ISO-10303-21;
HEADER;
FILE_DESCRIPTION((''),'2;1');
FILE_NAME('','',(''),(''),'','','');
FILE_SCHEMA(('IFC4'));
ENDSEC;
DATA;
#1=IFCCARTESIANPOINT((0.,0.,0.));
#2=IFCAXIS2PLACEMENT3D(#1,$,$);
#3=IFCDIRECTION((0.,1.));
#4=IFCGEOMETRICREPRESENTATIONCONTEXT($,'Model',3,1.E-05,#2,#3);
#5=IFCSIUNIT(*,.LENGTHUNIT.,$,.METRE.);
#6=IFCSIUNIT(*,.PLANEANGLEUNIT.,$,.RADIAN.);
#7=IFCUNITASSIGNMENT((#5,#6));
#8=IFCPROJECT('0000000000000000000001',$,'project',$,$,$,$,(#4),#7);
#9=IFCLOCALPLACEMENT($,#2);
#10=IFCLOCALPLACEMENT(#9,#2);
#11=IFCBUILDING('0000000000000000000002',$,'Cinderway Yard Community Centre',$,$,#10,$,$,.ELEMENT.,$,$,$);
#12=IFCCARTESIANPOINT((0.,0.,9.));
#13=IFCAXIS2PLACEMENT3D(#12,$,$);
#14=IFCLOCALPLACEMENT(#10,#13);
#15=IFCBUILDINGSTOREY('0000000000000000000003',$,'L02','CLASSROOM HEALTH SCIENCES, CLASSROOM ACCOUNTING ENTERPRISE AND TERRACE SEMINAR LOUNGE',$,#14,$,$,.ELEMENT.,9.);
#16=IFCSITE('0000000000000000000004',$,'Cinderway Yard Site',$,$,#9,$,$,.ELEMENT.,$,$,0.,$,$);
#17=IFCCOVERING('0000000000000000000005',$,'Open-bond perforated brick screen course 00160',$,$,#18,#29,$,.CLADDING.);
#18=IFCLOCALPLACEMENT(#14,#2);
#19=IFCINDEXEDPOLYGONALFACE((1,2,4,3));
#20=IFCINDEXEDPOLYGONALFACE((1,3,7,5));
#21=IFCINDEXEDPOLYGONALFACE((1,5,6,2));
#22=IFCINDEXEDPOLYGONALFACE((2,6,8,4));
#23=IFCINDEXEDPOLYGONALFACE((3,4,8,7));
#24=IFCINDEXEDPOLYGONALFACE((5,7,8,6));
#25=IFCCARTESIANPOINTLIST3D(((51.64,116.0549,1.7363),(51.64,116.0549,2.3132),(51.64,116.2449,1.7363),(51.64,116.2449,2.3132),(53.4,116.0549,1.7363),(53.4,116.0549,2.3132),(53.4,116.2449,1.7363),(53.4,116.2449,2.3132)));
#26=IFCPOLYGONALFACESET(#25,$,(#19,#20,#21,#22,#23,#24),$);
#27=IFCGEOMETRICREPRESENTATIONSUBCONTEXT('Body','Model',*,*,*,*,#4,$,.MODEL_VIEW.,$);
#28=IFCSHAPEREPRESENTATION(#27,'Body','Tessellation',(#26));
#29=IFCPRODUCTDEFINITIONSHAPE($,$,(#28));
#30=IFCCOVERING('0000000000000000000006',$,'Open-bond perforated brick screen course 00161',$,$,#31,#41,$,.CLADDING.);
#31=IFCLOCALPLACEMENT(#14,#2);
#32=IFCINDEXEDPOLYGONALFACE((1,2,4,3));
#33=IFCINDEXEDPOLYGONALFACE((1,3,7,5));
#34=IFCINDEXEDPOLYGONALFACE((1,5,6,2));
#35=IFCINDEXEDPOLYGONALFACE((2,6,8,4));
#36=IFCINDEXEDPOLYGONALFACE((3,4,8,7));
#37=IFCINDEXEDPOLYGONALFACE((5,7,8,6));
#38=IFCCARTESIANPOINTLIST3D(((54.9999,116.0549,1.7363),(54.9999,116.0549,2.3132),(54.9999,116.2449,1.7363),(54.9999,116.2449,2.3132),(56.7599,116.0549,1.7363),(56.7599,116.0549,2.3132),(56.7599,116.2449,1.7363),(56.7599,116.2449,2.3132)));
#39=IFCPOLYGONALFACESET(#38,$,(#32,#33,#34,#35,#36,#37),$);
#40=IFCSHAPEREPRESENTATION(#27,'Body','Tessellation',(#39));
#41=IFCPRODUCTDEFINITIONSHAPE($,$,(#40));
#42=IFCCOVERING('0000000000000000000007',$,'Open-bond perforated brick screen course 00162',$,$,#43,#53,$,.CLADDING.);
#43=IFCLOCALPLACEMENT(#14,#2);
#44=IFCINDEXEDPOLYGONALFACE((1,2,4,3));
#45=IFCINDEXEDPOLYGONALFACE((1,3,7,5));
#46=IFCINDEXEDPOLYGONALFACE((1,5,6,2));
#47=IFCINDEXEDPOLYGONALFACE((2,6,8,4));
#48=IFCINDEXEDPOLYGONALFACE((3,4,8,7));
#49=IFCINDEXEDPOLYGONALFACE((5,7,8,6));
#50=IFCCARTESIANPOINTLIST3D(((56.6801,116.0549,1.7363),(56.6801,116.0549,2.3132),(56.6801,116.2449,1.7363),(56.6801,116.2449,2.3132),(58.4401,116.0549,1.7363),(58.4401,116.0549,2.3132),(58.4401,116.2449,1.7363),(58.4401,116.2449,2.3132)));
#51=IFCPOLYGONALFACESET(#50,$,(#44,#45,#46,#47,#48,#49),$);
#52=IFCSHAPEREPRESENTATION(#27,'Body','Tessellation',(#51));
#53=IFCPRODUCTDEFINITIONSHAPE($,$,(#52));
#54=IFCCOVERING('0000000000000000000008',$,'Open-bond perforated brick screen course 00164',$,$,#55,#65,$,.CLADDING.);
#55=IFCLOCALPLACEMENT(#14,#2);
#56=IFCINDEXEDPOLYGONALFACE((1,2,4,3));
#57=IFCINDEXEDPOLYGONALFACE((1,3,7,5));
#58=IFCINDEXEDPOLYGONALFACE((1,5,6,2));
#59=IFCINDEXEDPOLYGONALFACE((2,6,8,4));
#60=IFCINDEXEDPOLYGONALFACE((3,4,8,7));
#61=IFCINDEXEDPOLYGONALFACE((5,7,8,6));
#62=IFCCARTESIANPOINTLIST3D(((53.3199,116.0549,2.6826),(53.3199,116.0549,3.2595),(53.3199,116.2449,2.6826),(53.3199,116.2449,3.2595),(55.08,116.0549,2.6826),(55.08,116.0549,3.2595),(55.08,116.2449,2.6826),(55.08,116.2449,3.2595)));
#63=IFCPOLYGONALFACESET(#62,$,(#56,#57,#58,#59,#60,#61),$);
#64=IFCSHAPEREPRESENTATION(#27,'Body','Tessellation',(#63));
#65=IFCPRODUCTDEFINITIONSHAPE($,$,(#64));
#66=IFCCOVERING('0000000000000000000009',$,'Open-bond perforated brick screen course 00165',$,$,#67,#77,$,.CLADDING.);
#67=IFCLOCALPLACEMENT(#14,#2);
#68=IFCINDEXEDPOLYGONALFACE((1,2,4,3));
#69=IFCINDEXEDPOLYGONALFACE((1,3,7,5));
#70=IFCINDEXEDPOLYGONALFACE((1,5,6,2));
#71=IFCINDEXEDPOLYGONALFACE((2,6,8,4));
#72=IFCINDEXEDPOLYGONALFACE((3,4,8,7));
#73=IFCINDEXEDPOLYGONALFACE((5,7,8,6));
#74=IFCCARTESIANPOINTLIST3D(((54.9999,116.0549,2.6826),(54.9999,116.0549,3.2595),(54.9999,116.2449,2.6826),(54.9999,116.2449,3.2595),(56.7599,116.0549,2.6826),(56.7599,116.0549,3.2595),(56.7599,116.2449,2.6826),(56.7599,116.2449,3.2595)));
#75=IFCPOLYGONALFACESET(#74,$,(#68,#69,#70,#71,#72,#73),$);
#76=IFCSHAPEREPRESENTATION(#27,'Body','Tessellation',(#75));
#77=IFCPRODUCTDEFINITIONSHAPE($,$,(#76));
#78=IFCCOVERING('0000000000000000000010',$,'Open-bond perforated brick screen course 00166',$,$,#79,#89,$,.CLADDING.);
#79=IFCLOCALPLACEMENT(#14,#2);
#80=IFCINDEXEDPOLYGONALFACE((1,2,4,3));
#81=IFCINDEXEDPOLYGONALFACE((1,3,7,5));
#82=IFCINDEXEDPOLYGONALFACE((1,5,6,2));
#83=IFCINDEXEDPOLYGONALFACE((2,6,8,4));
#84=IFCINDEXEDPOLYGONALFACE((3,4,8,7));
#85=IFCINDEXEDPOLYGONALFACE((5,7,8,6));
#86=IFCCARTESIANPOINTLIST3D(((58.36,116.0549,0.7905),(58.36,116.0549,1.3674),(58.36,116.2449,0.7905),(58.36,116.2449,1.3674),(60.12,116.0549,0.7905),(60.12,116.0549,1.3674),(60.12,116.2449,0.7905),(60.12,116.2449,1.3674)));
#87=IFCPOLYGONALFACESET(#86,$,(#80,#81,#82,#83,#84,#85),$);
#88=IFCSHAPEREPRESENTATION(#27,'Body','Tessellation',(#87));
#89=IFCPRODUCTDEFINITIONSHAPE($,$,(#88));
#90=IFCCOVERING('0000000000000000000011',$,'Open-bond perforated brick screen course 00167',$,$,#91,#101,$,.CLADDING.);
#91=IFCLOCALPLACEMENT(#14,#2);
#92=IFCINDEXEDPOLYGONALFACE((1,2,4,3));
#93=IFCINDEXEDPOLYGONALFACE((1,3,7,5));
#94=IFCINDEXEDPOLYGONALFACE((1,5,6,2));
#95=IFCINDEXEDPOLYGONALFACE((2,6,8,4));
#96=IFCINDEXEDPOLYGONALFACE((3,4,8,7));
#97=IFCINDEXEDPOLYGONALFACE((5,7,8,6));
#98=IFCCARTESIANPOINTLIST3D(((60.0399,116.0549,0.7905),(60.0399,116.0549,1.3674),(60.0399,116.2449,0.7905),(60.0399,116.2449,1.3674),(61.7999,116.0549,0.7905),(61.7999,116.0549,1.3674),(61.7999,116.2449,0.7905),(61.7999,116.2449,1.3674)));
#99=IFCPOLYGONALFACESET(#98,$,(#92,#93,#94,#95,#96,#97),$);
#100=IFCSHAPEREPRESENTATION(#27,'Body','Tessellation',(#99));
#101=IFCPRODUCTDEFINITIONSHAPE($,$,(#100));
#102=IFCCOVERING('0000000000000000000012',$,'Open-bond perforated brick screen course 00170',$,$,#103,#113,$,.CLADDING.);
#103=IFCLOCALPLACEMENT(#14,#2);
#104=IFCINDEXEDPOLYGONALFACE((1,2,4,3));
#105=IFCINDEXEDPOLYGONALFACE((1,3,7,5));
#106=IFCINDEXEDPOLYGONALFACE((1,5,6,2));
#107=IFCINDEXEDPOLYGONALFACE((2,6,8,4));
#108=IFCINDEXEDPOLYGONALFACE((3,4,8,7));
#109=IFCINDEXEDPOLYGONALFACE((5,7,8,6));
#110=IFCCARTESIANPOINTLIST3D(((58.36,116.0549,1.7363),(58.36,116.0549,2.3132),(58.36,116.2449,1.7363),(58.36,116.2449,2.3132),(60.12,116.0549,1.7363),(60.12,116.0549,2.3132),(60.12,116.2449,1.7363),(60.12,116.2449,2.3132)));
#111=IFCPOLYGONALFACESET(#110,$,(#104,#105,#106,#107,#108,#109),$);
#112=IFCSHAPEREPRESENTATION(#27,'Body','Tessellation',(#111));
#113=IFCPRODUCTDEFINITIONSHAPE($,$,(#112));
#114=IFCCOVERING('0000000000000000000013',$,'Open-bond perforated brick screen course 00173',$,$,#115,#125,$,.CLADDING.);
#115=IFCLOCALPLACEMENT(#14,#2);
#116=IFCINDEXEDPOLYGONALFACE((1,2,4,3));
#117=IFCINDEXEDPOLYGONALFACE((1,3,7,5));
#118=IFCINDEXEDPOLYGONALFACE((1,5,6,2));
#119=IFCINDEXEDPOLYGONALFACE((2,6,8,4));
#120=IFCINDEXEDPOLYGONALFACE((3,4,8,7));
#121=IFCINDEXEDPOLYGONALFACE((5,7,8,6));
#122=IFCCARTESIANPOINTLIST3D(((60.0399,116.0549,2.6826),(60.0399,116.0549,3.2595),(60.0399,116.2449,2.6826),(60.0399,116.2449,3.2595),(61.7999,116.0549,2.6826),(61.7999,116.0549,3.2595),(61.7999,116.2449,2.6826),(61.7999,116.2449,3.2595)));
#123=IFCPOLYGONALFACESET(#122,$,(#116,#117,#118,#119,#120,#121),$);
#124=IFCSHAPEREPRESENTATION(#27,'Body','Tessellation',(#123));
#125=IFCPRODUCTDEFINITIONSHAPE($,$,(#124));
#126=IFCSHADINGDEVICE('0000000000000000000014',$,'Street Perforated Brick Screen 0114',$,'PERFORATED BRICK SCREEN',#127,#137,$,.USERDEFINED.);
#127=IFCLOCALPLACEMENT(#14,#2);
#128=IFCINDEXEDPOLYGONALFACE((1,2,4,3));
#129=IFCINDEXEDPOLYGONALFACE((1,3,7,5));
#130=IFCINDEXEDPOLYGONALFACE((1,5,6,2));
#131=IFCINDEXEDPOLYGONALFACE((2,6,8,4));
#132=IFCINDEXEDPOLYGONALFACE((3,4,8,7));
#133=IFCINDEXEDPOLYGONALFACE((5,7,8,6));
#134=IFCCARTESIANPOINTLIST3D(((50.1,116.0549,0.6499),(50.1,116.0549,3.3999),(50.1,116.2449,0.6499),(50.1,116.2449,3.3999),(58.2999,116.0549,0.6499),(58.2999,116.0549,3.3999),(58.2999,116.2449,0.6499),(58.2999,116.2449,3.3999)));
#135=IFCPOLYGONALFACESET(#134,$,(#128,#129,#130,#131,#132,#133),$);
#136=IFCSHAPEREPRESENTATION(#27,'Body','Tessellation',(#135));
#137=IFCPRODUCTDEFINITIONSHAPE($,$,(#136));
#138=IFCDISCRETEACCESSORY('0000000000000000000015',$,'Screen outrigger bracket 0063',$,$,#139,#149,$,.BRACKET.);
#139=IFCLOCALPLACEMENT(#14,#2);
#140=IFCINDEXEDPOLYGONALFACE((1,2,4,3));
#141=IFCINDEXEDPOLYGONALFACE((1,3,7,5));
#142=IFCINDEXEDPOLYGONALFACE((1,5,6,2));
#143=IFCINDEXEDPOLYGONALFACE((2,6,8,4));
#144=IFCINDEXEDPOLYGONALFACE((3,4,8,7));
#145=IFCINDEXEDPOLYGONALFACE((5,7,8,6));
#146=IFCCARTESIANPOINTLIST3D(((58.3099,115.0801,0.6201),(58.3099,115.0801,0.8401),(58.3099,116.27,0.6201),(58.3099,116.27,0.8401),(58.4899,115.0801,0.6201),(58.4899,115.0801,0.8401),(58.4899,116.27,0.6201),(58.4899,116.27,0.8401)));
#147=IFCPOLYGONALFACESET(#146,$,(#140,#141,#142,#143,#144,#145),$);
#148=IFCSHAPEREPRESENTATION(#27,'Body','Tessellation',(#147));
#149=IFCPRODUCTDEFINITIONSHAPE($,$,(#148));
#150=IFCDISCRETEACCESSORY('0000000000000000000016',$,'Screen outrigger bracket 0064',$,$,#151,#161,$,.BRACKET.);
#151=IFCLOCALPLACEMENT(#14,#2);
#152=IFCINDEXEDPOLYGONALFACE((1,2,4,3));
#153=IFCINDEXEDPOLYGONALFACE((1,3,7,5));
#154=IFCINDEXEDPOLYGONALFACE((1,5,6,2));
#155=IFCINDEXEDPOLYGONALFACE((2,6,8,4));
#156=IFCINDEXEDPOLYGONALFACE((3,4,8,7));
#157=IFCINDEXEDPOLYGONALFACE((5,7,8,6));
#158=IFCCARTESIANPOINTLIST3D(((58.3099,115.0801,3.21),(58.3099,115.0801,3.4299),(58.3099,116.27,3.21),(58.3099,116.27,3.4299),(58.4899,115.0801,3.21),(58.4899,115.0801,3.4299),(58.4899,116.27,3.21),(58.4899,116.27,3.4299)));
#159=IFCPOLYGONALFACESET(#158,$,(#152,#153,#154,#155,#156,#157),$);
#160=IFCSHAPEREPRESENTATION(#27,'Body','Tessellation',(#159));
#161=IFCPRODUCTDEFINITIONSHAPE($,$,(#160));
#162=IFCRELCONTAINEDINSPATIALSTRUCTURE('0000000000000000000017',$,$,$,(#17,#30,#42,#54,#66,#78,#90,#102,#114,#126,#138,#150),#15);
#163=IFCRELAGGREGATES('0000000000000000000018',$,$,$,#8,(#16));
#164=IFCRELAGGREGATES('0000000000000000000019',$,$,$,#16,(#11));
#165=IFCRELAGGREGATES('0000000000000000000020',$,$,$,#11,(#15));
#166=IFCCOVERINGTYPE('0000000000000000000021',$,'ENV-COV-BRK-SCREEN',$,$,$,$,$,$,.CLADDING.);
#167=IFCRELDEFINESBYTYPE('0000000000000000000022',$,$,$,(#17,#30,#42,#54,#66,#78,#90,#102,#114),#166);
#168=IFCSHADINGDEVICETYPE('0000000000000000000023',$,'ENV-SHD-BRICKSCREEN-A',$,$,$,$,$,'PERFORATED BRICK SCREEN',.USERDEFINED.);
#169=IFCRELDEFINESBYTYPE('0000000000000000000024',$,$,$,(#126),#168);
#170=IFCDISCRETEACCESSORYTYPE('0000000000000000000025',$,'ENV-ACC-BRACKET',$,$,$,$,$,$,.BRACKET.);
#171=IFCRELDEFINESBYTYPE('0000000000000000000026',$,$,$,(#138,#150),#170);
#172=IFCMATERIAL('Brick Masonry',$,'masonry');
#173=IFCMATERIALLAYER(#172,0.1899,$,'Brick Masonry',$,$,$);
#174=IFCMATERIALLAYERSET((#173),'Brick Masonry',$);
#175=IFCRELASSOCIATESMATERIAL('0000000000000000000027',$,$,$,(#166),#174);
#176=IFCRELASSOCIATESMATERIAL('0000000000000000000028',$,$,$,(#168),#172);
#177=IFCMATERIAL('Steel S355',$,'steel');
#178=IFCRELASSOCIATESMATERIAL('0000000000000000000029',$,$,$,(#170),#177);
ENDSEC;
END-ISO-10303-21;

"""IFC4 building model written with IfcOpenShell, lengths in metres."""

from ifc_helpers import new_model, si_unit, direction, frame, origin, origin_2d, place, context, subcontext, project, spatial, rectangle, extrude, material, layer, layer_set, type_object, element, save


model = new_model("IFC4")

# Units and contexts
model_context = context("Model", 3, precision=1e-05, world=origin(), true_north=direction((0.0, 1.0)))
body_context = subcontext(model_context, "Body", "Model", "MODEL_VIEW")
ifc_project = project(units=[si_unit("LENGTHUNIT", "METRE"), si_unit("PLANEANGLEUNIT", "RADIAN")], contexts=[model_context])

# Site, building, storey
site_placement = place(None, origin())
site = spatial("IfcSite", under=ifc_project, at=site_placement, Name="Cinderway Yard Site", CompositionType="ELEMENT", RefElevation=0.0)
building_placement = place(site_placement, origin())
building = spatial("IfcBuilding", under=site, at=building_placement, Name="Cinderway Yard Community Centre", CompositionType="ELEMENT")
storey_placement = place(building_placement, frame((0.0, 0.0, 9.0)))
storey = spatial("IfcBuildingStorey", under=building, at=storey_placement, Name="L02", Description="CLASSROOM HEALTH SCIENCES, CLASSROOM ACCOUNTING ENTERPRISE AND TERRACE SEMINAR LOUNGE", CompositionType="ELEMENT", Elevation=9.0)

# Shared definitions
ifc_material_1 = material(Name="Steel S355", Category="steel")

# Coverings
ifc_material_2 = material(Name="Brick Masonry", Category="masonry")
ifc_layer_1 = layer(ifc_material_2, 0.1899, Name="Brick Masonry")
ifc_layer_set_1 = layer_set([ifc_layer_1], Name="Brick Masonry")
covering_type = type_object("IfcCoveringType", Name="ENV-COV-BRK-SCREEN", PredefinedType="CLADDING", material=ifc_layer_set_1)
for number, where, z_axis, x_axis, name in (
    (1, (52.52, 116.1499, 1.7363), (0.0, 0.0, 1.0), (1.0, 0.0, 0.0), "Open-bond perforated brick screen course 00160"),
    (2, (55.8799, 116.1499, 1.7363), (0.0, 0.0, 1.0), (1.0, 0.0, 0.0), "Open-bond perforated brick screen course 00161"),
    (3, (57.5601, 116.1499, 1.7363), (0.0, 0.0, 1.0), (1.0, 0.0, 0.0), "Open-bond perforated brick screen course 00162"),
    (4, (54.2, 116.1499, 2.6826), (0.0, 0.0, 1.0), (1.0, 0.0, 0.0), "Open-bond perforated brick screen course 00164"),
    (5, (55.8799, 116.1499, 2.6826), (0.0, 0.0, 1.0), (1.0, 0.0, 0.0), "Open-bond perforated brick screen course 00165"),
    (6, (59.24, 116.1499, 0.7905), (0.0, 0.0, 1.0), (1.0, 0.0, 0.0), "Open-bond perforated brick screen course 00166"),
    (7, (60.9199, 116.1499, 0.7905), (0.0, 0.0, 1.0), (1.0, 0.0, 0.0), "Open-bond perforated brick screen course 00167"),
    (8, (59.24, 116.1499, 1.7363), (0.0, 0.0, 1.0), (1.0, 0.0, 0.0), "Open-bond perforated brick screen course 00170"),
    (9, (60.9199, 116.1499, 2.6826), (0.0, 0.0, 1.0), (1.0, 0.0, 0.0), "Open-bond perforated brick screen course 00173"),
):
    element("IfcCovering", number, at=place(storey_placement, frame(where, z_axis=z_axis, x_axis=x_axis)), inside=storey, type_object=covering_type, Name=name, PredefinedType="CLADDING", context=body_context, shape_type="SweptSolid", body=[
        extrude(rectangle(XDim=1.76, YDim=0.1899, at=origin_2d()), origin(), (0.0, 0.0, 1.0), 0.5769),
    ])

# Shading device
shading_device_type = type_object("IfcShadingDeviceType", Name="ENV-SHD-BRICKSCREEN-A", ElementType="PERFORATED BRICK SCREEN", PredefinedType="USERDEFINED", material=ifc_material_2)
shading_device_placement = place(storey_placement, frame((54.2, 116.1499, 0.6499), z_axis=(0.0, 0.0, 1.0), x_axis=(1.0, 0.0, 0.0)))
element("IfcShadingDevice", 10, at=shading_device_placement, inside=storey, type_object=shading_device_type, Name="Street Perforated Brick Screen 0114", ObjectType="PERFORATED BRICK SCREEN", PredefinedType="USERDEFINED", context=body_context, shape_type="SweptSolid", body=[
    extrude(rectangle(XDim=8.2, YDim=0.1899, at=origin_2d()), origin(), (0.0, 0.0, 1.0), 2.75),
])

# Discrete accessories
discrete_accessory_type = type_object("IfcDiscreteAccessoryType", Name="ENV-ACC-BRACKET", PredefinedType="BRACKET", material=ifc_material_1)
for number, where, z_axis, x_axis, name in (
    (11, (58.3999, 115.675, 0.6201), (0.0, 0.0, 1.0), (0.0, 1.0, 0.0), "Screen outrigger bracket 0063"),
    (12, (58.3999, 115.675, 3.21), (0.0, 0.0, 1.0), (0.0, 1.0, 0.0), "Screen outrigger bracket 0064"),
):
    element("IfcDiscreteAccessory", number, at=place(storey_placement, frame(where, z_axis=z_axis, x_axis=x_axis)), inside=storey, type_object=discrete_accessory_type, Name=name, PredefinedType="BRACKET", context=body_context, shape_type="SweptSolid", body=[
        extrude(rectangle(XDim=1.1899, YDim=0.1799, at=origin_2d()), origin(), (0.0, 0.0, 1.0), 0.22),
    ])

save(model, "model.ifc")
